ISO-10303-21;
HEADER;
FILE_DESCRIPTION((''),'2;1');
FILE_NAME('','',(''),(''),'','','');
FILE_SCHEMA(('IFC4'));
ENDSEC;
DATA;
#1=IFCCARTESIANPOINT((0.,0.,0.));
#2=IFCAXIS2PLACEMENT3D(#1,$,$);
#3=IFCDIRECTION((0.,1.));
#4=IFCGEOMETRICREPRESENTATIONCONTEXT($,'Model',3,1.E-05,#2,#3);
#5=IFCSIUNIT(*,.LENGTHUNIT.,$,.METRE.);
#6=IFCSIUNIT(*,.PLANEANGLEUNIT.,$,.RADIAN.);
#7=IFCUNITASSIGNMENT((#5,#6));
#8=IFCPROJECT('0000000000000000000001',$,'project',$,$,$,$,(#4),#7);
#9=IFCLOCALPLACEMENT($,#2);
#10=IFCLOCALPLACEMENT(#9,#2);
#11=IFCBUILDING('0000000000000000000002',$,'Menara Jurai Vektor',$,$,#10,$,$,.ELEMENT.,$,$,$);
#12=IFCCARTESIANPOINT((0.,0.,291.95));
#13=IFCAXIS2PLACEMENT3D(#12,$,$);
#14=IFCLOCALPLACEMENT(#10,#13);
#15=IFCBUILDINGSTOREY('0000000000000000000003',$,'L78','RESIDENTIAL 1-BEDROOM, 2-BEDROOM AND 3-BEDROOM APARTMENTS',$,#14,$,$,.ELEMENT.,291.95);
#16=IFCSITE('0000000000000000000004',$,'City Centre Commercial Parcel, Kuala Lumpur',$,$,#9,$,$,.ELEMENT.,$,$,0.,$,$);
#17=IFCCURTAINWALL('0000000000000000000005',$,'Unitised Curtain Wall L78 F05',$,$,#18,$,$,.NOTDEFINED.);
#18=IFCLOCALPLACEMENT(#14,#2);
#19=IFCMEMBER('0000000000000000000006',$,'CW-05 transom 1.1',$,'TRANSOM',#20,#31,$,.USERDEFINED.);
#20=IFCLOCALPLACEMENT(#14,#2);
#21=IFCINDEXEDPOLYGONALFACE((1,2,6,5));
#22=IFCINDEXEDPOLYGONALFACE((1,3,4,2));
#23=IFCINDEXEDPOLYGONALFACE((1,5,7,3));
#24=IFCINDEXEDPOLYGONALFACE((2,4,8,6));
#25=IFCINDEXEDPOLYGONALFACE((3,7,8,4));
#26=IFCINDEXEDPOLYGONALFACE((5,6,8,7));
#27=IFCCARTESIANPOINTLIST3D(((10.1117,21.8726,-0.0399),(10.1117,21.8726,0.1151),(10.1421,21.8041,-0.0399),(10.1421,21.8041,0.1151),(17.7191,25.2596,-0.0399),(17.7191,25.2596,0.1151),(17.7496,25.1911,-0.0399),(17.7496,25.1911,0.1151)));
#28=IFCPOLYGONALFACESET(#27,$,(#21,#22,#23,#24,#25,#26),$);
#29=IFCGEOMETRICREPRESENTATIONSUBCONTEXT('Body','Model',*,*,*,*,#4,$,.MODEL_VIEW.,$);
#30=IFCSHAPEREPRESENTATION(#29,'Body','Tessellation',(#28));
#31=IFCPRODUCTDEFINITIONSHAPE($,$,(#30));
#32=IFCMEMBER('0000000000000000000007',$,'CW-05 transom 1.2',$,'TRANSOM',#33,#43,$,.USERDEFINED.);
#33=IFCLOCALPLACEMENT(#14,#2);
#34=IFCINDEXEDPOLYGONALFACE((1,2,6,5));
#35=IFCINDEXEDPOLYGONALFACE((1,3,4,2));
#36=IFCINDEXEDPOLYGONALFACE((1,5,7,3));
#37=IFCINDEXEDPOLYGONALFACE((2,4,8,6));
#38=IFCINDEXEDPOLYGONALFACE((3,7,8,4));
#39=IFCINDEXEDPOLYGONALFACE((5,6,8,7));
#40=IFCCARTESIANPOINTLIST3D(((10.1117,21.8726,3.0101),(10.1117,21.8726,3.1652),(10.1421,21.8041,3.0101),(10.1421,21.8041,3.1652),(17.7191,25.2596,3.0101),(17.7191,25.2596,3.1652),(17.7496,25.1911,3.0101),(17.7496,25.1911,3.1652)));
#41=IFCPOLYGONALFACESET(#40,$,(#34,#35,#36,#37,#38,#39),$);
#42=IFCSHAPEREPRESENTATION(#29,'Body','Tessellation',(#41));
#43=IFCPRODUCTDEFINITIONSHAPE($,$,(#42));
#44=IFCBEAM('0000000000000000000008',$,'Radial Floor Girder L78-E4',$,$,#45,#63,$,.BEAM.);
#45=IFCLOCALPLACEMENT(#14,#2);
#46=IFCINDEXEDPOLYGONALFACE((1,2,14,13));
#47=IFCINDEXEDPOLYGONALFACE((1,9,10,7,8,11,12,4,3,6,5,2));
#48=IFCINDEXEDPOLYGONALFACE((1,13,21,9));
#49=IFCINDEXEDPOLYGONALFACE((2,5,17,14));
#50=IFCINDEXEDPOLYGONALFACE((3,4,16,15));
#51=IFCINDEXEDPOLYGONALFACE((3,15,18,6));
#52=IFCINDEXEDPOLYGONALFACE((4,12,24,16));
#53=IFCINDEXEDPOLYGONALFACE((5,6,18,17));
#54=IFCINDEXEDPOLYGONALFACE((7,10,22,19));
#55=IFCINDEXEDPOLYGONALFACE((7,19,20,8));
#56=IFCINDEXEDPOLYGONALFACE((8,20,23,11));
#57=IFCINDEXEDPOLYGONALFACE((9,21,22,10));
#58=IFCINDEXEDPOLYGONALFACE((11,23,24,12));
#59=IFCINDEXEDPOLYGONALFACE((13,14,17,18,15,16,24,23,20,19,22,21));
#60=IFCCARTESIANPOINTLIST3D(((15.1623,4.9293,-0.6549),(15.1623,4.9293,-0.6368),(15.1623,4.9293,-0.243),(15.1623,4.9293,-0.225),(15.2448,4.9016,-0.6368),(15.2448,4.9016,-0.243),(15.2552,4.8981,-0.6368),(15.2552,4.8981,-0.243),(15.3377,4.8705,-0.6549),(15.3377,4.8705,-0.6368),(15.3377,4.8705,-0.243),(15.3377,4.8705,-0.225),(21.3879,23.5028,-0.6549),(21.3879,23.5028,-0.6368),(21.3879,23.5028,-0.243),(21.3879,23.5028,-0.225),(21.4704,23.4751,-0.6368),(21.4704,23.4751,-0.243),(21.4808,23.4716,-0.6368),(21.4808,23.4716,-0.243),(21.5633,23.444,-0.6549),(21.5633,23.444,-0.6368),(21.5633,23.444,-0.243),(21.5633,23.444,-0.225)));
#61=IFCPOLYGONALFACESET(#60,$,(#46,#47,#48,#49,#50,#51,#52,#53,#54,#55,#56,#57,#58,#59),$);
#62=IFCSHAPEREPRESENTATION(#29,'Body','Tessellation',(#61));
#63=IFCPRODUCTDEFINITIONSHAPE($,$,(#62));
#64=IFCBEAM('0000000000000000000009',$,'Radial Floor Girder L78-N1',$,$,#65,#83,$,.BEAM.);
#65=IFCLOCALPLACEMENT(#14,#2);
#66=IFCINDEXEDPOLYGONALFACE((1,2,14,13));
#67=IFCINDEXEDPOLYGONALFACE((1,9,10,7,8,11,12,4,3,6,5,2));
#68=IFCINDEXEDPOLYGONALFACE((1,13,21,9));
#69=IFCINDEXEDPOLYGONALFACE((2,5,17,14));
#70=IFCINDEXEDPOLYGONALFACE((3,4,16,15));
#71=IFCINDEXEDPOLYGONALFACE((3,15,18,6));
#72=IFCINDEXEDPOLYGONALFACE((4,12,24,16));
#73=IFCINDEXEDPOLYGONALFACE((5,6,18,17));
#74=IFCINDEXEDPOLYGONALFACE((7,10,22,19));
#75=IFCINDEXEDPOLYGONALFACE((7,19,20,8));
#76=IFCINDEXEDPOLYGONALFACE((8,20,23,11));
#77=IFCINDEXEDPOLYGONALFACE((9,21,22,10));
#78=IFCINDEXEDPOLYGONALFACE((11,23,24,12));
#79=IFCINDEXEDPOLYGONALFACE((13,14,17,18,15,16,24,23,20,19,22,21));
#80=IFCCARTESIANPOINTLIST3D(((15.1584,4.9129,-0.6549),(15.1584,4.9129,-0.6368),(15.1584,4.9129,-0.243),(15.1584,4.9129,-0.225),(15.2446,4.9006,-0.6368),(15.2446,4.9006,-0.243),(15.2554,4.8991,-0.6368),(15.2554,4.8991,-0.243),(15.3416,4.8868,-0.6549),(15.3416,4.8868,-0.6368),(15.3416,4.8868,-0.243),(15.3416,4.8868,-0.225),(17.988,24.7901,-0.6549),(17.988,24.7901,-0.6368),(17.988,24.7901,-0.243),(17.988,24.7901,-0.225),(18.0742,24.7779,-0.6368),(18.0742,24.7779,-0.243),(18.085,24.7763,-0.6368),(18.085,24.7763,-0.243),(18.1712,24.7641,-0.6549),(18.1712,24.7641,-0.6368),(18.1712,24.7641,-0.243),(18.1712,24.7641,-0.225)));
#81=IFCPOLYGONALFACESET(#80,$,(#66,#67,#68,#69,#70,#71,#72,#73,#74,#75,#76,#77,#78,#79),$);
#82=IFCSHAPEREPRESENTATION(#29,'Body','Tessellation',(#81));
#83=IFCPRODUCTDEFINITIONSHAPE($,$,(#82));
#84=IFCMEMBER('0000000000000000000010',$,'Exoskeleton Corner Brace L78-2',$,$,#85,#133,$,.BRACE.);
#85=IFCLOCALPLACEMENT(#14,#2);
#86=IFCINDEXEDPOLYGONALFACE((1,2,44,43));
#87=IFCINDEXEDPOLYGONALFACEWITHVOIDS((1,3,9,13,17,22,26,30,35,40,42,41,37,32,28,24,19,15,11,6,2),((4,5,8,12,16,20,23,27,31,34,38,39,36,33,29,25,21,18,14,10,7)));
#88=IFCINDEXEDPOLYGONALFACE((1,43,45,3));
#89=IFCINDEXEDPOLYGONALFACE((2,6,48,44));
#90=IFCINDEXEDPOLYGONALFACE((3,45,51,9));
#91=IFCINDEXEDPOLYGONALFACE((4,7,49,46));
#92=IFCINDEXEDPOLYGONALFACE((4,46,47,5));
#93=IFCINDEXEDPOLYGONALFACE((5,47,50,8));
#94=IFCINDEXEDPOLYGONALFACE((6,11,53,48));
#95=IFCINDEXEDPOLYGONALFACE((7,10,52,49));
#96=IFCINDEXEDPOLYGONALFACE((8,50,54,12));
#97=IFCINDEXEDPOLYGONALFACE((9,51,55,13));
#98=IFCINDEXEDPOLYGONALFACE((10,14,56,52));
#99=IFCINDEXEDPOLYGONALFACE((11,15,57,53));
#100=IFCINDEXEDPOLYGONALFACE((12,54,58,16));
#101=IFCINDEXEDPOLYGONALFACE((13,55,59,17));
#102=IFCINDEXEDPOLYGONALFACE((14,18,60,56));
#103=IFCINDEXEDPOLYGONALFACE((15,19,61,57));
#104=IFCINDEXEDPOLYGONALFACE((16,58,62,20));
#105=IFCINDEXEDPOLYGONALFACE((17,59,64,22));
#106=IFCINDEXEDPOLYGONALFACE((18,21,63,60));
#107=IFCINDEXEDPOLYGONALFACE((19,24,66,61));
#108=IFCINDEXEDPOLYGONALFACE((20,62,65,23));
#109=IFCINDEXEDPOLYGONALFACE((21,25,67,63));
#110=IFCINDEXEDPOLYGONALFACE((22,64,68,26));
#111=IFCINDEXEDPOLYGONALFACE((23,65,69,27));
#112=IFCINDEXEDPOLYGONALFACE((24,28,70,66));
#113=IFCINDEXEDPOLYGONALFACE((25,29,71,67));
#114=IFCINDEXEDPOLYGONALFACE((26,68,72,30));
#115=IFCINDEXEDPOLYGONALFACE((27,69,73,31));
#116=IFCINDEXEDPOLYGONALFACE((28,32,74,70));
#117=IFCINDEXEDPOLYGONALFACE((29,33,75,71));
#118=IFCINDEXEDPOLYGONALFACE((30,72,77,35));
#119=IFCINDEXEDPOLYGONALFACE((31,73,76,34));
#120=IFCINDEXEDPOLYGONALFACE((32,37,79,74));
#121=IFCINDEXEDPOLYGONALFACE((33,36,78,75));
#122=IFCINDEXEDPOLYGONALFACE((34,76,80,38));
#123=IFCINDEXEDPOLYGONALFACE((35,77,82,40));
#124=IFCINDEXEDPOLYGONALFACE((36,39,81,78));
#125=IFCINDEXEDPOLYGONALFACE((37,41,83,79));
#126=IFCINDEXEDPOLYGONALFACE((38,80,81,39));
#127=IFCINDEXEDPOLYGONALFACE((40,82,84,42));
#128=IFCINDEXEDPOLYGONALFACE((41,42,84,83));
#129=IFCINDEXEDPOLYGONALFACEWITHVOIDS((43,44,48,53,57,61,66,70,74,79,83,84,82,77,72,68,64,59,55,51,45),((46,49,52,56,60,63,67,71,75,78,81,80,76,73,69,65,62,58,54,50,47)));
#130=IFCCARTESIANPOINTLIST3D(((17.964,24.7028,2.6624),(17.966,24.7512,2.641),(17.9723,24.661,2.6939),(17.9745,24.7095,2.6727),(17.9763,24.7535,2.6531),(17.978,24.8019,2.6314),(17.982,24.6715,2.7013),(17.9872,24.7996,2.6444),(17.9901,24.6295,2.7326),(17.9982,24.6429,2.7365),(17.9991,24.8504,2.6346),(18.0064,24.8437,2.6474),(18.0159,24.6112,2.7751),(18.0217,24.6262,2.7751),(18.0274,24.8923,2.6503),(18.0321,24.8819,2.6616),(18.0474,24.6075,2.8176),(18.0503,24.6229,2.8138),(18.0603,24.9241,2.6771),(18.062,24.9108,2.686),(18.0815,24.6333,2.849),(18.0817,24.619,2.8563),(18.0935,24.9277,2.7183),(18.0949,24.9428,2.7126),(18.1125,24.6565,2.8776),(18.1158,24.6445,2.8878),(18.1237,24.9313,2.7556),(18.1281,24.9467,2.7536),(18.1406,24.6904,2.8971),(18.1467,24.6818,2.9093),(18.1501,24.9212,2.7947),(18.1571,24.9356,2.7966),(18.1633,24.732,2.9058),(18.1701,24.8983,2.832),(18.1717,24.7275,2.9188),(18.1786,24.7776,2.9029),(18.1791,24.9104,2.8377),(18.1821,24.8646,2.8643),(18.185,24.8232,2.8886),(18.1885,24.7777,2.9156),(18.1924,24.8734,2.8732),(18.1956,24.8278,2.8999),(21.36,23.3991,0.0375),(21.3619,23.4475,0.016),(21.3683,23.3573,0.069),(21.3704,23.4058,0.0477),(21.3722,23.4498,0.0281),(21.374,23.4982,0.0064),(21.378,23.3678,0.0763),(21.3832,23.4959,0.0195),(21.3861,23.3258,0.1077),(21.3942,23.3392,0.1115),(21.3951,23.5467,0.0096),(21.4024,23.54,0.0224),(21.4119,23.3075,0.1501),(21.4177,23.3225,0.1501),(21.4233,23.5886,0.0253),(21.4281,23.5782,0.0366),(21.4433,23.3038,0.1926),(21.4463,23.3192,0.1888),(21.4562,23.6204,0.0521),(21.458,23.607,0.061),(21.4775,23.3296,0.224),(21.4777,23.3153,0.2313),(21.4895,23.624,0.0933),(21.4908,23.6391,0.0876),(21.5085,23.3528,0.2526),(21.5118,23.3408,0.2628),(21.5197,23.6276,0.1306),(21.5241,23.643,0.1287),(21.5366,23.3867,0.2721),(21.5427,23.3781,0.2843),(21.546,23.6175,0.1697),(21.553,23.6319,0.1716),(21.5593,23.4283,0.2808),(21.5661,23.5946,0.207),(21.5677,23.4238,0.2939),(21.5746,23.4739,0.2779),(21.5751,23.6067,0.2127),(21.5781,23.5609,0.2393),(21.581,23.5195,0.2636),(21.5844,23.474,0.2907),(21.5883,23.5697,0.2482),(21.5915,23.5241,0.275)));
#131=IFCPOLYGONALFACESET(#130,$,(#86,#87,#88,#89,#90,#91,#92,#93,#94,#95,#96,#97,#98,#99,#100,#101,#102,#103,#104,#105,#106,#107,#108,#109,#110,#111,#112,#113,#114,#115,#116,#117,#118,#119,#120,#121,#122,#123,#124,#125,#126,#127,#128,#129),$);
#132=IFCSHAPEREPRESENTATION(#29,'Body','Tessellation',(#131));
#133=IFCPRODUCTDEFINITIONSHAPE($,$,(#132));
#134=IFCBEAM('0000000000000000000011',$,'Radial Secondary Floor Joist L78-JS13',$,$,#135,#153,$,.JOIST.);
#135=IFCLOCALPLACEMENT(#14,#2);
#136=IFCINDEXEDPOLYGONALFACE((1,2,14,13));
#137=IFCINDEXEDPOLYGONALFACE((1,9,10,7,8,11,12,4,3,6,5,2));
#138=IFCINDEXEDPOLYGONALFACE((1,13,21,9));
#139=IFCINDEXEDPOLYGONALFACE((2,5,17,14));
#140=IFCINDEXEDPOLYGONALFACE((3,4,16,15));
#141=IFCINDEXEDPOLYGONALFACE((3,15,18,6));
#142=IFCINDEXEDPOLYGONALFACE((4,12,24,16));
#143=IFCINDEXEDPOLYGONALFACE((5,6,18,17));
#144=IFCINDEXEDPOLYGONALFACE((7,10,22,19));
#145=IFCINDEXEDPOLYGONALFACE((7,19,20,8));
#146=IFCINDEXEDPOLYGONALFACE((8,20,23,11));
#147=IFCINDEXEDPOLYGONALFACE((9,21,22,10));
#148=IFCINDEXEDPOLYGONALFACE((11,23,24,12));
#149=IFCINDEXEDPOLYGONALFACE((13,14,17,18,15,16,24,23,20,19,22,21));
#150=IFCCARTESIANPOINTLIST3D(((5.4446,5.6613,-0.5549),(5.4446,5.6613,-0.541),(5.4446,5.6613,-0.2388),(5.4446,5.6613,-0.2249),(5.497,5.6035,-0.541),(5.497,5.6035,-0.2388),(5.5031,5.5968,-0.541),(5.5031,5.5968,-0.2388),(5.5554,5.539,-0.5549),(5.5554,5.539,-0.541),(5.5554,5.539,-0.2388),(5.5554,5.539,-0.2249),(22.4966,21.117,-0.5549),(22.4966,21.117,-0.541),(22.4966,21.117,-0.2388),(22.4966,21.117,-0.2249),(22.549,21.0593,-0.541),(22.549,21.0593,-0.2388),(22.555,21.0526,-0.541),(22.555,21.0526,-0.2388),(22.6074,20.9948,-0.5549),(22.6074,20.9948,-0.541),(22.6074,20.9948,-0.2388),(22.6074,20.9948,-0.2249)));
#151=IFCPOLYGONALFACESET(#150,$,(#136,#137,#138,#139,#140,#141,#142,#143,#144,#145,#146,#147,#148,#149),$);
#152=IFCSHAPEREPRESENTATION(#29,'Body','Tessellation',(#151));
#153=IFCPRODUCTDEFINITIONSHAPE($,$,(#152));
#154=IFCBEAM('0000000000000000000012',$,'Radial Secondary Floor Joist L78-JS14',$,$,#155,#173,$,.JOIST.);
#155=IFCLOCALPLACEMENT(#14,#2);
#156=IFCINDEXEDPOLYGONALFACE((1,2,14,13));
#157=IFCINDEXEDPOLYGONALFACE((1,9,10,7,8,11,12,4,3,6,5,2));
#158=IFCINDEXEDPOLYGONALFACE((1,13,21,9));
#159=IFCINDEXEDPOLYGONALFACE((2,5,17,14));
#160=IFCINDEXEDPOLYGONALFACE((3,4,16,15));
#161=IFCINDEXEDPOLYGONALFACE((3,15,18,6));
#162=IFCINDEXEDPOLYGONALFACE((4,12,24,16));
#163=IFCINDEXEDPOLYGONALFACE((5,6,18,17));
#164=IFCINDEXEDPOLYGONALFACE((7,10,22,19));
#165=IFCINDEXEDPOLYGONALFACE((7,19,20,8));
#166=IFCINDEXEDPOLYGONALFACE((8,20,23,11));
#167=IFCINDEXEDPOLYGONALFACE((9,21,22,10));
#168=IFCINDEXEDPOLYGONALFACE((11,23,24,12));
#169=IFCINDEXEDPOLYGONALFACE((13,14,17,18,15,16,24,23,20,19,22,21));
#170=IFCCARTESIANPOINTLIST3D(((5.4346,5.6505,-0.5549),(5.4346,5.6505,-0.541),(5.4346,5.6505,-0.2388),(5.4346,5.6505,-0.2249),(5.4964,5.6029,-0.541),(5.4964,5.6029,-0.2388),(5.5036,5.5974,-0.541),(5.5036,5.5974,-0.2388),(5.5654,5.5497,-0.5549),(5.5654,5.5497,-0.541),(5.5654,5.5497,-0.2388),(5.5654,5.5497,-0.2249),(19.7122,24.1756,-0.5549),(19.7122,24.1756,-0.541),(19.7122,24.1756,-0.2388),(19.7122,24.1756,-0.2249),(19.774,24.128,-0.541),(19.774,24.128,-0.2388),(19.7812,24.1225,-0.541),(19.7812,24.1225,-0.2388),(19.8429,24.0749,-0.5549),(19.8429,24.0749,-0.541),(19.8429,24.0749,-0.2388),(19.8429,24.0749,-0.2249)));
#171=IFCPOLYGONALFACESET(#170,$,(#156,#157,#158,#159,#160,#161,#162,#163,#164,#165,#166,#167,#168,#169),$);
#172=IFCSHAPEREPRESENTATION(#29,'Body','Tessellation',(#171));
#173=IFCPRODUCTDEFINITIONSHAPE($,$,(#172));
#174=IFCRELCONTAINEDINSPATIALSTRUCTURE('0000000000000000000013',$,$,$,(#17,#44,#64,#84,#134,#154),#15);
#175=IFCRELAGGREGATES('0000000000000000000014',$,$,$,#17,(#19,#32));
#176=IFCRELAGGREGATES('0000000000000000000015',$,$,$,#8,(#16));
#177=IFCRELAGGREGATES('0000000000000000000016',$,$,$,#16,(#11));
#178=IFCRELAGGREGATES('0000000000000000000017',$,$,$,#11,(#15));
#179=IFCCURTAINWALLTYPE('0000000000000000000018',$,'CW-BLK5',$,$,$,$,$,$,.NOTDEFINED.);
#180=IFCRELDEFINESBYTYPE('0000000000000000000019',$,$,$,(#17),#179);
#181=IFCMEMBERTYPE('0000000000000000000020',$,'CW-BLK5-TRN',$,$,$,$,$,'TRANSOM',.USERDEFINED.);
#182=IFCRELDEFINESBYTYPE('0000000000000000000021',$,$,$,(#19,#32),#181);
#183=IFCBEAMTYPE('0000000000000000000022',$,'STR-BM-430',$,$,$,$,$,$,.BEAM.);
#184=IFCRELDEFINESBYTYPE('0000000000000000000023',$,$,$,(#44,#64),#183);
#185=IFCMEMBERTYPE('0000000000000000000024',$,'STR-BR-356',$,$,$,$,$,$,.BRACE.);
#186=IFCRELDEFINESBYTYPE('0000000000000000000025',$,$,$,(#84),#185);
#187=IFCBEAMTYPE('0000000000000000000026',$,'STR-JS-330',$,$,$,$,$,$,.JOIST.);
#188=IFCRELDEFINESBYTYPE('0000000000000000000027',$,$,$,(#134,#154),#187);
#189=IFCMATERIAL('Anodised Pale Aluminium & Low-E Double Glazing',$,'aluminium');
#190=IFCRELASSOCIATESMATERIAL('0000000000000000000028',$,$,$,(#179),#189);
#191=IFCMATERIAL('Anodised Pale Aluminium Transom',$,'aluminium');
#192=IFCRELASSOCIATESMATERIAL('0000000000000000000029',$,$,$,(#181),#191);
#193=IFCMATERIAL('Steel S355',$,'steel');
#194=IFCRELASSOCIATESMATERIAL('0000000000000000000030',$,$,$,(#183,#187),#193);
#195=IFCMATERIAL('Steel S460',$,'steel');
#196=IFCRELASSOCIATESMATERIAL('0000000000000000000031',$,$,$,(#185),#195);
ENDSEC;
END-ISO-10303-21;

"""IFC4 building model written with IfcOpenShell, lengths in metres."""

from ifc_helpers import new_model, si_unit, direction, frame, origin, origin_2d, place, context, subcontext, project, spatial, rectangle, hollow_circle, i_section, extrude, material, material_profile, profile_set, type_object, element, aggregate, save


model = new_model("IFC4")

# Units and contexts
model_context = context("Model", 3, precision=1e-05, world=origin(), true_north=direction((0.0, 1.0)))
body_context = subcontext(model_context, "Body", "Model", "MODEL_VIEW")
ifc_project = project(units=[si_unit("LENGTHUNIT", "METRE"), si_unit("PLANEANGLEUNIT", "RADIAN")], contexts=[model_context])

# Site, building, storey
site_placement = place(None, origin())
site = spatial("IfcSite", under=ifc_project, at=site_placement, Name="City Centre Commercial Parcel, Kuala Lumpur", CompositionType="ELEMENT", RefElevation=0.0)
building_placement = place(site_placement, origin())
building = spatial("IfcBuilding", under=site, at=building_placement, Name="Menara Jurai Vektor", CompositionType="ELEMENT")
storey_placement = place(building_placement, frame((0.0, 0.0, 291.95)))
storey = spatial("IfcBuildingStorey", under=building, at=storey_placement, Name="L78", Description="RESIDENTIAL 1-BEDROOM, 2-BEDROOM AND 3-BEDROOM APARTMENTS", CompositionType="ELEMENT", Elevation=291.95)

# Shared definitions
ifc_material_1 = material(Name="Steel S460", Category="steel")

# Shared definitions
ifc_material_2 = material(Name="Anodised Pale Aluminium & Low-E Double Glazing", Category="aluminium")
curtain_wall_type = type_object("IfcCurtainWallType", Name="CW-BLK5", PredefinedType="NOTDEFINED", material=ifc_material_2)

# Curtain wall
curtain_wall_1_placement = place(storey_placement, origin())
curtain_wall_1 = element("IfcCurtainWall", 1, at=curtain_wall_1_placement, inside=storey, type_object=curtain_wall_type, Name="Unitised Curtain Wall L78 F05", PredefinedType="NOTDEFINED")

# Members
ifc_material_3 = material(Name="Anodised Pale Aluminium Transom", Category="aluminium")
ifc_material_profile_1 = material_profile(ifc_material_3, rectangle(XDim=0.075, YDim=0.155, at=origin_2d()), Name="ALU TRN 75x155")
ifc_profile_set_1 = profile_set([ifc_material_profile_1], Name="Anodised Pale Aluminium Transom")
member_type_1 = type_object("IfcMemberType", Name="CW-BLK5-TRN", ElementType="TRANSOM", PredefinedType="USERDEFINED", material=ifc_profile_set_1)
member_1_placement = place(storey_placement, frame((17.7344, 25.2253, 0.0376), z_axis=(-0.913549, -0.406729, 0.0), x_axis=(0.406729, -0.913549, 0.0)))
member_1 = element("IfcMember", 2, at=member_1_placement, type_object=member_type_1, Name="CW-05 transom 1.1", ObjectType="TRANSOM", PredefinedType="USERDEFINED", context=body_context, shape_type="SweptSolid", body=[
    extrude(rectangle(XDim=0.075, YDim=0.155, at=origin_2d()), origin(), (0.0, 0.0, 1.0), 8.3274),
])
member_2_placement = place(storey_placement, frame((17.7344, 25.2253, 3.0876), z_axis=(-0.913549, -0.406729, 0.0), x_axis=(0.406729, -0.913549, 0.0)))
member_2 = element("IfcMember", 3, at=member_2_placement, type_object=member_type_1, Name="CW-05 transom 1.2", ObjectType="TRANSOM", PredefinedType="USERDEFINED", context=body_context, shape_type="SweptSolid", body=[
    extrude(rectangle(XDim=0.075, YDim=0.155, at=origin_2d()), origin(), (0.0, 0.0, 1.0), 8.3274),
])

# Beams
ifc_material_4 = material(Name="Steel S355", Category="steel")
ifc_material_profile_2 = material_profile(ifc_material_4, i_section(OverallWidth=0.1851, OverallDepth=0.4299, WebThickness=0.011, FlangeThickness=0.0181, at=origin_2d()), Name="PG 430x185x76")
ifc_profile_set_2 = profile_set([ifc_material_profile_2], Name="Steel S355")
beam_type_1 = type_object("IfcBeamType", Name="STR-BM-430", PredefinedType="BEAM", material=ifc_profile_set_2)
beam_1_placement = place(storey_placement, frame((21.4756, 23.4734, -0.4399), z_axis=(-0.317809, -0.948155, 0.0), x_axis=(0.948155, -0.317809, 0.0)))
element("IfcBeam", 4, at=beam_1_placement, inside=storey, type_object=beam_type_1, Name="Radial Floor Girder L78-E4", PredefinedType="BEAM", context=body_context, shape_type="SweptSolid", body=[
    extrude(i_section(OverallWidth=0.1851, OverallDepth=0.4299, WebThickness=0.011, FlangeThickness=0.0181, at=origin_2d()), origin(), (0.0, 0.0, 1.0), 19.5891),
])
beam_2_placement = place(storey_placement, frame((18.0796, 24.7771, -0.4399), z_axis=(-0.140933, -0.990019, 0.0), x_axis=(0.990019, -0.140933, 0.0)))
element("IfcBeam", 5, at=beam_2_placement, inside=storey, type_object=beam_type_1, Name="Radial Floor Girder L78-N1", PredefinedType="BEAM", context=body_context, shape_type="SweptSolid", body=[
    extrude(i_section(OverallWidth=0.1851, OverallDepth=0.4299, WebThickness=0.011, FlangeThickness=0.0181, at=origin_2d()), origin(), (0.0, 0.0, 1.0), 20.0776),
])

# Member
ifc_material_profile_3 = material_profile(ifc_material_1, hollow_circle(Radius=0.1777, WallThickness=0.0161, at=origin_2d()), Name="CHS 355.6x16")
ifc_profile_set_3 = profile_set([ifc_material_profile_3], Name="Steel S460")
member_type_2 = type_object("IfcMemberType", Name="STR-BR-356", PredefinedType="BRACE", material=ifc_profile_set_3)
member_3_placement = place(storey_placement, frame((21.4756, 23.4734, 0.1501), z_axis=(-0.757042, 0.290626, 0.58517), x_axis=(-0.358394, -0.93357, 0.0)))
element("IfcMember", 6, at=member_3_placement, inside=storey, type_object=member_type_2, Name="Exoskeleton Corner Brace L78-2", PredefinedType="BRACE", context=body_context, shape_type="SweptSolid", body=[
    extrude(hollow_circle(Radius=0.1777, WallThickness=0.0161, at=origin_2d()), origin(), (0.0, 0.0, 1.0), 4.4858),
])

# Beams
ifc_material_profile_4 = material_profile(ifc_material_4, i_section(OverallWidth=0.165, OverallDepth=0.3301, WebThickness=0.009, FlangeThickness=0.0139, at=origin_2d()), Name="PG 330x165x46")
ifc_profile_set_4 = profile_set([ifc_material_profile_4], Name="Steel S355")
beam_type_2 = type_object("IfcBeamType", Name="STR-JS-330", PredefinedType="JOIST", material=ifc_profile_set_4)
beam_3_placement = place(storey_placement, frame((22.552, 21.0559, -0.3899), z_axis=(-0.740934, -0.671577, 0.0), x_axis=(0.671577, -0.740934, 0.0)))
element("IfcBeam", 7, at=beam_3_placement, inside=storey, type_object=beam_type_2, Name="Radial Secondary Floor Joist L78-JS13", PredefinedType="JOIST", context=body_context, shape_type="SweptSolid", body=[
    extrude(i_section(OverallWidth=0.165, OverallDepth=0.3301, WebThickness=0.009, FlangeThickness=0.0139, at=origin_2d()), origin(), (0.0, 0.0, 1.0), 23.0142),
])
beam_4_placement = place(storey_placement, frame((19.7776, 24.1252, -0.3899), z_axis=(-0.610449, -0.792056, 0.0), x_axis=(0.792056, -0.610449, 0.0)))
element("IfcBeam", 8, at=beam_4_placement, inside=storey, type_object=beam_type_2, Name="Radial Secondary Floor Joist L78-JS14", PredefinedType="JOIST", context=body_context, shape_type="SweptSolid", body=[
    extrude(i_section(OverallWidth=0.165, OverallDepth=0.3301, WebThickness=0.009, FlangeThickness=0.0139, at=origin_2d()), origin(), (0.0, 0.0, 1.0), 23.3887),
])

aggregate(curtain_wall_1, [member_1, member_2])

save(model, "model.ifc")
